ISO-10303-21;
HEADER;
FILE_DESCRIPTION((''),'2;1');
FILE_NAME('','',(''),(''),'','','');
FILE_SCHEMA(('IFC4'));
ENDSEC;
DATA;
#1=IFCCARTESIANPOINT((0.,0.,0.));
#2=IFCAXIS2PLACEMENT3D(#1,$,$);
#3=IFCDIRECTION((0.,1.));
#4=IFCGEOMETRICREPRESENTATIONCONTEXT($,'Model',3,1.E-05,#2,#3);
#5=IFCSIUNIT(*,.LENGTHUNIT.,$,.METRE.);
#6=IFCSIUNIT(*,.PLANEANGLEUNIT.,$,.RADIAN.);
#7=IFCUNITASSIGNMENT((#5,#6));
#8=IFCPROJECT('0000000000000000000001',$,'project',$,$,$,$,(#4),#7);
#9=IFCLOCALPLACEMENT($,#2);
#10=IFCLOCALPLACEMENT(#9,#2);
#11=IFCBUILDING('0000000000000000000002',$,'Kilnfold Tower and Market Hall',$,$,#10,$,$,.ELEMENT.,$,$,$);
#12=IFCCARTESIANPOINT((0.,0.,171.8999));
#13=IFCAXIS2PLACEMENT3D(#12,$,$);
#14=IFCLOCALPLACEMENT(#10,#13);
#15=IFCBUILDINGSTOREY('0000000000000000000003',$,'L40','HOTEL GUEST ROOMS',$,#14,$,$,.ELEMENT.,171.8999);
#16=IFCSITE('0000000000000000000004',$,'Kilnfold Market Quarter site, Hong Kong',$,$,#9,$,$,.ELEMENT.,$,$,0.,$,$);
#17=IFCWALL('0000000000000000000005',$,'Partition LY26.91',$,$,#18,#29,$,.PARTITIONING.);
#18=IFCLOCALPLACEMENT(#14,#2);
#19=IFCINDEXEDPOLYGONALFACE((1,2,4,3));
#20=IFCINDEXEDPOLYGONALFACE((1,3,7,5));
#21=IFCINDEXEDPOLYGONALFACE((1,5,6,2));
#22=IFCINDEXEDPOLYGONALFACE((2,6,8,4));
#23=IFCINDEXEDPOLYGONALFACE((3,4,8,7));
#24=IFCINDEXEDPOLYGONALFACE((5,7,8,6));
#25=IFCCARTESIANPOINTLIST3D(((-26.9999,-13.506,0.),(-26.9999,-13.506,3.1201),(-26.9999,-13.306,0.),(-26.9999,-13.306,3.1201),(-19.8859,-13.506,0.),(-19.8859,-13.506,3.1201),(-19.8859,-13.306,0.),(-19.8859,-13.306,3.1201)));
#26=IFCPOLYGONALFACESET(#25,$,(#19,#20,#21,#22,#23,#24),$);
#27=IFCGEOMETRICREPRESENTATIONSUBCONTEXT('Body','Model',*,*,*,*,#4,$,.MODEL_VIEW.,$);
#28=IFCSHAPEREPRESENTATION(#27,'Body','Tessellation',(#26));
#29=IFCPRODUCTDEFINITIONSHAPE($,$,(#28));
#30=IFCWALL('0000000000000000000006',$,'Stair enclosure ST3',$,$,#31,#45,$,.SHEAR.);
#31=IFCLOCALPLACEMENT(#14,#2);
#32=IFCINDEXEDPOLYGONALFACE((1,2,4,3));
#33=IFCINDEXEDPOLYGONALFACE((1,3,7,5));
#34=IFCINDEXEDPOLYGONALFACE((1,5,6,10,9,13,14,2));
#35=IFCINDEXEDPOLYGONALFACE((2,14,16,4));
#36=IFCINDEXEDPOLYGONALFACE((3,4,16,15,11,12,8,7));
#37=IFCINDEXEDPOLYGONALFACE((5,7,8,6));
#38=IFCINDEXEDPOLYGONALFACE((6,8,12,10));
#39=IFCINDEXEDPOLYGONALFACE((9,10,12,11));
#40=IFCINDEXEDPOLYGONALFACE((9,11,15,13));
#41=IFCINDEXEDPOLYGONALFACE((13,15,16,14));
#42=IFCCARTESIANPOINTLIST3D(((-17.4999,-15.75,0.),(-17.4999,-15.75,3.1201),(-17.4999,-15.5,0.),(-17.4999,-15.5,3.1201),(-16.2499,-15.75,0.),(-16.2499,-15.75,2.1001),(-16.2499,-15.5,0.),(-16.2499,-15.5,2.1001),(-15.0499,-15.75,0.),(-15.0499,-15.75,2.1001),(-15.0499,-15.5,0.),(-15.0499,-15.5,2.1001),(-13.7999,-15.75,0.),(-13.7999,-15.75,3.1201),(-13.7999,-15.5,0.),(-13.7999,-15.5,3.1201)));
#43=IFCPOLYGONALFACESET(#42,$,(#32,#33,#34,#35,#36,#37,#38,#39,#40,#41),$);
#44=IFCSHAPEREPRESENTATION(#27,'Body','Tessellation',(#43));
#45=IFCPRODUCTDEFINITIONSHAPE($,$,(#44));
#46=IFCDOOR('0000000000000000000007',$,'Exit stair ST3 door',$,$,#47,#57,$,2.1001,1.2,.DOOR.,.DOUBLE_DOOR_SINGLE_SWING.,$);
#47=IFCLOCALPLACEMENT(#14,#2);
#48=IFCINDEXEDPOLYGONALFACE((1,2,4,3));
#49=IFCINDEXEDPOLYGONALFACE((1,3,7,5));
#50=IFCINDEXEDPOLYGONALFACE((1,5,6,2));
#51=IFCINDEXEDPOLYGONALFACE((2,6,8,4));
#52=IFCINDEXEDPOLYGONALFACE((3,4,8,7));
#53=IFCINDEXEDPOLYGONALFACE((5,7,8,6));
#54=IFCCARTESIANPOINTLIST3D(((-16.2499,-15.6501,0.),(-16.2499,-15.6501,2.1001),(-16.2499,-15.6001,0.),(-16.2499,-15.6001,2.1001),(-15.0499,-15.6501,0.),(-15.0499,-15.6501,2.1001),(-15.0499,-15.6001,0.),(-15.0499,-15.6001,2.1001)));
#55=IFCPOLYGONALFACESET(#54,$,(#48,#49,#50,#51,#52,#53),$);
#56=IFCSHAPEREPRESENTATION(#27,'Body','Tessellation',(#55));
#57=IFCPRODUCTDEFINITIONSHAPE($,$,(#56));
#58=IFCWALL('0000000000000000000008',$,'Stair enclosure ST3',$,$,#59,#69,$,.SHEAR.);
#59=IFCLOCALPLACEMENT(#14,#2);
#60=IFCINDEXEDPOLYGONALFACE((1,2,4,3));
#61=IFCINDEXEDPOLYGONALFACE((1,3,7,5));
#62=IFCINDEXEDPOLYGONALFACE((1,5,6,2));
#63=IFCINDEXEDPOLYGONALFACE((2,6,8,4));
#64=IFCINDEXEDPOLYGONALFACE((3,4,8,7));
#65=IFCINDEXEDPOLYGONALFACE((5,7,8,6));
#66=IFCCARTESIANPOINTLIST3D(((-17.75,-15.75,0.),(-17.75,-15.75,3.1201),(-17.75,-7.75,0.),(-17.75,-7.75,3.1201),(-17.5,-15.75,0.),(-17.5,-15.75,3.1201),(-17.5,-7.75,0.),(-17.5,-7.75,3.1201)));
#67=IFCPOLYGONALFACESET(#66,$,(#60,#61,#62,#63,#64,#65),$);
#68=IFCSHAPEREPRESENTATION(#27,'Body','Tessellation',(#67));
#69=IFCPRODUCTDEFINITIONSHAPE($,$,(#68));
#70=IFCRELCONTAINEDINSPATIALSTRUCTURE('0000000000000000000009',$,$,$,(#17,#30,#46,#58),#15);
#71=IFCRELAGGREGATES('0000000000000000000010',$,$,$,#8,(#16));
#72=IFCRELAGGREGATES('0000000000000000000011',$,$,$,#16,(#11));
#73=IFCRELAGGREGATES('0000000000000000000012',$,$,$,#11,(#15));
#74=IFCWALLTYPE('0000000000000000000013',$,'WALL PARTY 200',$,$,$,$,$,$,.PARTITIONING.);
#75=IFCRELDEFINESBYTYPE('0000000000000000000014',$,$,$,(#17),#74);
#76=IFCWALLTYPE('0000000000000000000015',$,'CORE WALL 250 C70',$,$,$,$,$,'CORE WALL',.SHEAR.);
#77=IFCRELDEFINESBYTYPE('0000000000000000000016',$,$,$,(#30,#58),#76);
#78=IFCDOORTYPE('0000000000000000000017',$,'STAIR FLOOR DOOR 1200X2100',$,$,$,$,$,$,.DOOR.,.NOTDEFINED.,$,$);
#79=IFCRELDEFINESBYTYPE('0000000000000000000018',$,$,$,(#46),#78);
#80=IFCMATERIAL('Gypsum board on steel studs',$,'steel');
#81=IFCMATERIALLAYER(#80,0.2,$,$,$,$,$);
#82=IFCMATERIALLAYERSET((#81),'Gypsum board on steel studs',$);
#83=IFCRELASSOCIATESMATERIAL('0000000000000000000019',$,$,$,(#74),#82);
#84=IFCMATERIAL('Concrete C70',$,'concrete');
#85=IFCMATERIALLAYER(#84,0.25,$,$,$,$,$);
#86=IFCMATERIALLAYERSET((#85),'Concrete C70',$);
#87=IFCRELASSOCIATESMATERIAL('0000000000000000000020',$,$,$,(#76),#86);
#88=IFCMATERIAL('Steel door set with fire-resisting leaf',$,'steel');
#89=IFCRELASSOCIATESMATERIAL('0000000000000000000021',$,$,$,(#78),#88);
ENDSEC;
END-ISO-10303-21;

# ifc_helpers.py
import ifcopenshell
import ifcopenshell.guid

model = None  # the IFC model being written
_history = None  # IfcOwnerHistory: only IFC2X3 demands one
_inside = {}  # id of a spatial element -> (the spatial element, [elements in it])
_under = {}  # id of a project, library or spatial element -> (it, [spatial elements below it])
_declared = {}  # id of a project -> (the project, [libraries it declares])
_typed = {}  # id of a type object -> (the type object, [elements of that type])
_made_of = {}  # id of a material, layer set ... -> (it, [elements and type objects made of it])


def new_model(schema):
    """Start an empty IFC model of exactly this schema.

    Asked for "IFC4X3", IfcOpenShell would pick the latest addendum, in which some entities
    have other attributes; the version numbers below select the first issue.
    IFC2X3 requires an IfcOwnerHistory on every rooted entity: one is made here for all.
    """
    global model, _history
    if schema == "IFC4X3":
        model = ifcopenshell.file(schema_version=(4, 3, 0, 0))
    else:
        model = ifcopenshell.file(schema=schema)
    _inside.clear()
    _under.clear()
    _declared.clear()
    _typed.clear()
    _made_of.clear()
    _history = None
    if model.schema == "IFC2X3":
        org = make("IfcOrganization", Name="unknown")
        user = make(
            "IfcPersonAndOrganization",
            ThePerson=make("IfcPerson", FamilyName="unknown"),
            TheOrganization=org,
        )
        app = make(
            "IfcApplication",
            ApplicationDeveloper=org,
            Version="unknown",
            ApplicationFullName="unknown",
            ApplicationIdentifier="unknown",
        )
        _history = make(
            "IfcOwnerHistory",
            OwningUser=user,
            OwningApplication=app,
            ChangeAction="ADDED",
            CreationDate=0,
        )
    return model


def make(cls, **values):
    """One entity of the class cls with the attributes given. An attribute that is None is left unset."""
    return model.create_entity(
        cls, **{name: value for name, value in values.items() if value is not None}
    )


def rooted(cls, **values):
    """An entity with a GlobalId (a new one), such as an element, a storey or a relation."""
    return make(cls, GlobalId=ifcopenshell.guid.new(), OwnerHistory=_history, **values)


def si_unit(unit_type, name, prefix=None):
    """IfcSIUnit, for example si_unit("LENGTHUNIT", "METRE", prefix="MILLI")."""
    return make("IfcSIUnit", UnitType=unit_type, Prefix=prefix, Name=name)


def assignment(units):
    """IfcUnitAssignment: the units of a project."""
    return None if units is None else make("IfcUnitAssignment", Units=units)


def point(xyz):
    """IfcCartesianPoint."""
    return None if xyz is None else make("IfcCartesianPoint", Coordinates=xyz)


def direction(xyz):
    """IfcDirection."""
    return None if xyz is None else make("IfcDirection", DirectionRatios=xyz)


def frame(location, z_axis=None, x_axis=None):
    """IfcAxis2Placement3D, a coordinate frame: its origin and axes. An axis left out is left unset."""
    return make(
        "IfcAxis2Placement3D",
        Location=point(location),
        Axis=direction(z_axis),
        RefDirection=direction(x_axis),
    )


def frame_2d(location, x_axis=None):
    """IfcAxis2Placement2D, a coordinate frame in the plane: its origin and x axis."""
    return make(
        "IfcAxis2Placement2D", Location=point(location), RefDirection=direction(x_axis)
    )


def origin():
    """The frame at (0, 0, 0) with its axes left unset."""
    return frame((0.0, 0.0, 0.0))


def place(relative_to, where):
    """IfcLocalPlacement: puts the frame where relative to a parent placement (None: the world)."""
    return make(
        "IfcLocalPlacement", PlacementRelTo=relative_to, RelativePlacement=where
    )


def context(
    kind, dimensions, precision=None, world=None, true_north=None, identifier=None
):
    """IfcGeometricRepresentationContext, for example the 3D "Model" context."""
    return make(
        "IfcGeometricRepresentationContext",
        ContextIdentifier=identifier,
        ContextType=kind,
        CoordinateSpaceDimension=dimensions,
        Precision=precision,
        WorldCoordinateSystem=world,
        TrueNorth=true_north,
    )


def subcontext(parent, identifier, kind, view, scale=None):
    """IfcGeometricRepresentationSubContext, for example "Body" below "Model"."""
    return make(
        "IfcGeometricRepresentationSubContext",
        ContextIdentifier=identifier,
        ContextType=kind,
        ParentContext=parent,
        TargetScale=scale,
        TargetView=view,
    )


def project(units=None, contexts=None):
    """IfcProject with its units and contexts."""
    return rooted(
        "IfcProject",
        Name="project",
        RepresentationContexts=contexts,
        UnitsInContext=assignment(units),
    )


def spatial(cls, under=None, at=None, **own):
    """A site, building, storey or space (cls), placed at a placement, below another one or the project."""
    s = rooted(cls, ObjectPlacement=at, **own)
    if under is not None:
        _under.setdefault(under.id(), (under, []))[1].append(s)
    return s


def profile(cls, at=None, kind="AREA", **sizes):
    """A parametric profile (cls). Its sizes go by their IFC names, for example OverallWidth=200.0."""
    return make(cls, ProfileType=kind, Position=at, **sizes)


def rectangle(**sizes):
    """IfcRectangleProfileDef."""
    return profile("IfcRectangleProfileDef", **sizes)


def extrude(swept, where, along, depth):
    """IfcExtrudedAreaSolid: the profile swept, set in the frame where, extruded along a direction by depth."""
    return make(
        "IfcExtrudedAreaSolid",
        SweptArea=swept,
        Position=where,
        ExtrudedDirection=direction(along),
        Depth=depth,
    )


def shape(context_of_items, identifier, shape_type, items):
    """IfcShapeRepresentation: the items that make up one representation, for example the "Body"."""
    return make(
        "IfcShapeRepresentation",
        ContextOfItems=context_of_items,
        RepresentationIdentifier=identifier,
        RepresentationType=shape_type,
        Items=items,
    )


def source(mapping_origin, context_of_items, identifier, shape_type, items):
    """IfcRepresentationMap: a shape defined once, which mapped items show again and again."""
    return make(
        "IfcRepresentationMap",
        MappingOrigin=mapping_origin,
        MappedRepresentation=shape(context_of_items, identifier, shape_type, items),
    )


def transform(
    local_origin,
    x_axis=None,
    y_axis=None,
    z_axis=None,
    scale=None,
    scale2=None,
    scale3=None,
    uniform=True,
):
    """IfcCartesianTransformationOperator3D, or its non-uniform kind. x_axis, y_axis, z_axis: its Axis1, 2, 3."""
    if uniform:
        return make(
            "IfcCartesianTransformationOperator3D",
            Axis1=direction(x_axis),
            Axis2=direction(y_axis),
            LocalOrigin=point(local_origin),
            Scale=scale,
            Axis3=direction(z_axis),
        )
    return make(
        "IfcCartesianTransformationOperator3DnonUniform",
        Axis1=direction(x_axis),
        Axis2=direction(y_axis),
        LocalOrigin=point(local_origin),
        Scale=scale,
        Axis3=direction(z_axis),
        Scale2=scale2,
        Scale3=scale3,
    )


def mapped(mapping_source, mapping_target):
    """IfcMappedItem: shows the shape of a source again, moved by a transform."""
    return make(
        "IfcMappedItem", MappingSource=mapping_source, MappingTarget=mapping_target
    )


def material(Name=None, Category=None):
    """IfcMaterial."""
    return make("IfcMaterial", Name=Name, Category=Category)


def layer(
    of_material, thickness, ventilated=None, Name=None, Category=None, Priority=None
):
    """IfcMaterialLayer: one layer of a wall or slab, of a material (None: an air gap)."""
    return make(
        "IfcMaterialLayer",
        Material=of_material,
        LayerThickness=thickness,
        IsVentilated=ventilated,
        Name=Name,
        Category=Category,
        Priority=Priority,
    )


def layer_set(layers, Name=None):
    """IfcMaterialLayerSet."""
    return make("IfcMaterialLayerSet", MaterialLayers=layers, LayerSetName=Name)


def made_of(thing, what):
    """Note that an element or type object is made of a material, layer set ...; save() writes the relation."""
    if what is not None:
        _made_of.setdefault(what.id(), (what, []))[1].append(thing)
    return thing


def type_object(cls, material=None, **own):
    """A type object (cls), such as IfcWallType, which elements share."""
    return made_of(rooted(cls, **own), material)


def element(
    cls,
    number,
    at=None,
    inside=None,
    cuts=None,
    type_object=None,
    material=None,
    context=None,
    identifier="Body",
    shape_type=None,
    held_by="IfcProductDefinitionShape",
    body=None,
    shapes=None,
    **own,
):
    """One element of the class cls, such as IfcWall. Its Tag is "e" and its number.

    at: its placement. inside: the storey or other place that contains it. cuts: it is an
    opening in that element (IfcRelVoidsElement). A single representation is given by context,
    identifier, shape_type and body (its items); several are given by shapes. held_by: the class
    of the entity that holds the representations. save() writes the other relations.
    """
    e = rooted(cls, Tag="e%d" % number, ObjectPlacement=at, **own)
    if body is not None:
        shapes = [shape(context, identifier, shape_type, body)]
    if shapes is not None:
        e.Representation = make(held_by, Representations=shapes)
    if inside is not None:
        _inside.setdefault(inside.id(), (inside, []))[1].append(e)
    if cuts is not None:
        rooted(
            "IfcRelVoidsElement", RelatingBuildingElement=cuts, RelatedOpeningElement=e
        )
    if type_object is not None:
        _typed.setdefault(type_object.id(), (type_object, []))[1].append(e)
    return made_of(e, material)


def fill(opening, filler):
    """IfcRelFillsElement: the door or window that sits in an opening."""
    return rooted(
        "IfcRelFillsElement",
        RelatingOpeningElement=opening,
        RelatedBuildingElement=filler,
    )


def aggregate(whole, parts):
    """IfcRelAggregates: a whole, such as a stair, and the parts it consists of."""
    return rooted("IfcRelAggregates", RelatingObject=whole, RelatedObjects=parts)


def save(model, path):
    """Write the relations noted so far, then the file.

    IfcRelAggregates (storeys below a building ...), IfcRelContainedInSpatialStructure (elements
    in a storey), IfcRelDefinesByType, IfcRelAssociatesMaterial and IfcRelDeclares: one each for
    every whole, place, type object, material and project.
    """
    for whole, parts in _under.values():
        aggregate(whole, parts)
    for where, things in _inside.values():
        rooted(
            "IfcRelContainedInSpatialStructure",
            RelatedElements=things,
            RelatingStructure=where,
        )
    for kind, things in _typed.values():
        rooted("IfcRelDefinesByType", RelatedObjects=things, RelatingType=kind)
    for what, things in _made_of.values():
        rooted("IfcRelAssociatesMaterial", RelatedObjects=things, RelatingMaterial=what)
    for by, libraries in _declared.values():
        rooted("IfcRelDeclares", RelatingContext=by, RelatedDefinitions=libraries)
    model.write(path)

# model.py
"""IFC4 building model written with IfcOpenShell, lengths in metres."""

from ifc_helpers import new_model, si_unit, direction, frame, frame_2d, origin, place, context, subcontext, project, spatial, rectangle, extrude, source, transform, mapped, material, layer, layer_set, type_object, element, fill, save


model = new_model("IFC4")

# Units and contexts
model_context = context("Model", 3, precision=1e-05, world=origin(), true_north=direction((0.0, 1.0)))
body_context = subcontext(model_context, "Body", "Model", "MODEL_VIEW")
ifc_project = project(units=[si_unit("LENGTHUNIT", "METRE"), si_unit("PLANEANGLEUNIT", "RADIAN")], contexts=[model_context])

# Site, building, storey
site_placement = place(None, origin())
site = spatial("IfcSite", under=ifc_project, at=site_placement, Name="Kilnfold Market Quarter site, Hong Kong", CompositionType="ELEMENT", RefElevation=0.0)
building_placement = place(site_placement, origin())
building = spatial("IfcBuilding", under=site, at=building_placement, Name="Kilnfold Tower and Market Hall", CompositionType="ELEMENT")
storey_placement = place(building_placement, frame((0.0, 0.0, 171.8999)))
storey = spatial("IfcBuildingStorey", under=building, at=storey_placement, Name="L40", Description="HOTEL GUEST ROOMS", CompositionType="ELEMENT", Elevation=171.8999)

# Wall
ifc_material_1 = material(Name="Gypsum board on steel studs", Category="steel")
ifc_layer_1 = layer(ifc_material_1, 0.2)
ifc_layer_set_1 = layer_set([ifc_layer_1], Name="Gypsum board on steel studs")
wall_type_1 = type_object("IfcWallType", Name="WALL PARTY 200", PredefinedType="PARTITIONING", material=ifc_layer_set_1)
wall_1_placement = place(storey_placement, frame((-27.0, -13.406, 0.0), z_axis=(0.0, 0.0, 1.0), x_axis=(1.0, 0.0, 0.0)))
element("IfcWall", 1, at=wall_1_placement, inside=storey, type_object=wall_type_1, Name="Partition LY26.91", PredefinedType="PARTITIONING", context=body_context, shape_type="SweptSolid", body=[
    extrude(rectangle(XDim=7.114, YDim=0.2, at=frame_2d((3.5571, 0.0))), origin(), (0.0, 0.0, 1.0), 3.1201),
])

# Wall, opening, door
ifc_material_2 = material(Name="Concrete C70", Category="concrete")
ifc_layer_2 = layer(ifc_material_2, 0.25)
ifc_layer_set_2 = layer_set([ifc_layer_2], Name="Concrete C70")
wall_type_2 = type_object("IfcWallType", Name="CORE WALL 250 C70", ElementType="CORE WALL", PredefinedType="SHEAR", material=ifc_layer_set_2)
shared_shape_1 = source(origin(), body_context, "Body", "SweptSolid", [
    extrude(rectangle(XDim=3.7, YDim=0.25, at=frame_2d((1.8501, 0.0))), origin(), (0.0, 0.0, 1.0), 3.1201),
])
wall_2_placement = place(storey_placement, frame((-17.5, -15.625, 0.0), z_axis=(0.0, 0.0, 1.0), x_axis=(1.0, 0.0, 0.0)))
wall_2 = element("IfcWall", 2, at=wall_2_placement, inside=storey, type_object=wall_type_2, Name="Stair enclosure ST3", PredefinedType="SHEAR", context=body_context, shape_type="MappedRepresentation", body=[
    mapped(shared_shape_1, transform((0.0, 0.0, 0.0))),
])
opening_1_placement = place(wall_2_placement, frame((1.25, 0.0, 0.0)))
opening_1 = element("IfcOpeningElement", 3, at=opening_1_placement, cuts=wall_2, PredefinedType="OPENING", context=body_context, shape_type="SweptSolid", body=[
    extrude(rectangle(XDim=1.2, YDim=2.1001, at=frame_2d((0.6001, 1.05))), frame((0.0, 0.135, 0.0), z_axis=(0.0, -1.0, 0.0), x_axis=(1.0, 0.0, 0.0)), (0.0, 0.0, 1.0), 0.27),
])
ifc_material_3 = material(Name="Steel door set with fire-resisting leaf", Category="steel")
door_type_1 = type_object("IfcDoorType", Name="STAIR FLOOR DOOR 1200X2100", OperationType="NOTDEFINED", PredefinedType="DOOR", material=ifc_material_3)
door_1_placement = place(opening_1_placement, origin())
door_1 = element("IfcDoor", 4, at=door_1_placement, inside=storey, type_object=door_type_1, Name="Exit stair ST3 door", OperationType="DOUBLE_DOOR_SINGLE_SWING", OverallHeight=2.1001, OverallWidth=1.2, PredefinedType="DOOR", context=body_context, shape_type="SweptSolid", body=[
    extrude(rectangle(XDim=1.2, YDim=2.1001, at=frame_2d((0.6001, 1.05))), frame((0.0, 0.0249, 0.0), z_axis=(0.0, -1.0, 0.0), x_axis=(1.0, 0.0, 0.0)), (0.0, 0.0, 1.0), 0.05),
])
fill(opening_1, door_1)

# Wall
shared_shape_2 = source(origin(), body_context, "Body", "SweptSolid", [
    extrude(rectangle(XDim=8.0, YDim=0.25, at=frame_2d((4.0, 0.0))), origin(), (0.0, 0.0, 1.0), 3.1201),
])
wall_3_placement = place(storey_placement, frame((-17.625, -15.75, 0.0), z_axis=(0.0, 0.0, 1.0), x_axis=(0.0, 1.0, 0.0)))
element("IfcWall", 5, at=wall_3_placement, inside=storey, type_object=wall_type_2, Name="Stair enclosure ST3", PredefinedType="SHEAR", context=body_context, shape_type="MappedRepresentation", body=[
    mapped(shared_shape_2, transform((0.0, 0.0, 0.0))),
])

save(model, "model.ifc")
